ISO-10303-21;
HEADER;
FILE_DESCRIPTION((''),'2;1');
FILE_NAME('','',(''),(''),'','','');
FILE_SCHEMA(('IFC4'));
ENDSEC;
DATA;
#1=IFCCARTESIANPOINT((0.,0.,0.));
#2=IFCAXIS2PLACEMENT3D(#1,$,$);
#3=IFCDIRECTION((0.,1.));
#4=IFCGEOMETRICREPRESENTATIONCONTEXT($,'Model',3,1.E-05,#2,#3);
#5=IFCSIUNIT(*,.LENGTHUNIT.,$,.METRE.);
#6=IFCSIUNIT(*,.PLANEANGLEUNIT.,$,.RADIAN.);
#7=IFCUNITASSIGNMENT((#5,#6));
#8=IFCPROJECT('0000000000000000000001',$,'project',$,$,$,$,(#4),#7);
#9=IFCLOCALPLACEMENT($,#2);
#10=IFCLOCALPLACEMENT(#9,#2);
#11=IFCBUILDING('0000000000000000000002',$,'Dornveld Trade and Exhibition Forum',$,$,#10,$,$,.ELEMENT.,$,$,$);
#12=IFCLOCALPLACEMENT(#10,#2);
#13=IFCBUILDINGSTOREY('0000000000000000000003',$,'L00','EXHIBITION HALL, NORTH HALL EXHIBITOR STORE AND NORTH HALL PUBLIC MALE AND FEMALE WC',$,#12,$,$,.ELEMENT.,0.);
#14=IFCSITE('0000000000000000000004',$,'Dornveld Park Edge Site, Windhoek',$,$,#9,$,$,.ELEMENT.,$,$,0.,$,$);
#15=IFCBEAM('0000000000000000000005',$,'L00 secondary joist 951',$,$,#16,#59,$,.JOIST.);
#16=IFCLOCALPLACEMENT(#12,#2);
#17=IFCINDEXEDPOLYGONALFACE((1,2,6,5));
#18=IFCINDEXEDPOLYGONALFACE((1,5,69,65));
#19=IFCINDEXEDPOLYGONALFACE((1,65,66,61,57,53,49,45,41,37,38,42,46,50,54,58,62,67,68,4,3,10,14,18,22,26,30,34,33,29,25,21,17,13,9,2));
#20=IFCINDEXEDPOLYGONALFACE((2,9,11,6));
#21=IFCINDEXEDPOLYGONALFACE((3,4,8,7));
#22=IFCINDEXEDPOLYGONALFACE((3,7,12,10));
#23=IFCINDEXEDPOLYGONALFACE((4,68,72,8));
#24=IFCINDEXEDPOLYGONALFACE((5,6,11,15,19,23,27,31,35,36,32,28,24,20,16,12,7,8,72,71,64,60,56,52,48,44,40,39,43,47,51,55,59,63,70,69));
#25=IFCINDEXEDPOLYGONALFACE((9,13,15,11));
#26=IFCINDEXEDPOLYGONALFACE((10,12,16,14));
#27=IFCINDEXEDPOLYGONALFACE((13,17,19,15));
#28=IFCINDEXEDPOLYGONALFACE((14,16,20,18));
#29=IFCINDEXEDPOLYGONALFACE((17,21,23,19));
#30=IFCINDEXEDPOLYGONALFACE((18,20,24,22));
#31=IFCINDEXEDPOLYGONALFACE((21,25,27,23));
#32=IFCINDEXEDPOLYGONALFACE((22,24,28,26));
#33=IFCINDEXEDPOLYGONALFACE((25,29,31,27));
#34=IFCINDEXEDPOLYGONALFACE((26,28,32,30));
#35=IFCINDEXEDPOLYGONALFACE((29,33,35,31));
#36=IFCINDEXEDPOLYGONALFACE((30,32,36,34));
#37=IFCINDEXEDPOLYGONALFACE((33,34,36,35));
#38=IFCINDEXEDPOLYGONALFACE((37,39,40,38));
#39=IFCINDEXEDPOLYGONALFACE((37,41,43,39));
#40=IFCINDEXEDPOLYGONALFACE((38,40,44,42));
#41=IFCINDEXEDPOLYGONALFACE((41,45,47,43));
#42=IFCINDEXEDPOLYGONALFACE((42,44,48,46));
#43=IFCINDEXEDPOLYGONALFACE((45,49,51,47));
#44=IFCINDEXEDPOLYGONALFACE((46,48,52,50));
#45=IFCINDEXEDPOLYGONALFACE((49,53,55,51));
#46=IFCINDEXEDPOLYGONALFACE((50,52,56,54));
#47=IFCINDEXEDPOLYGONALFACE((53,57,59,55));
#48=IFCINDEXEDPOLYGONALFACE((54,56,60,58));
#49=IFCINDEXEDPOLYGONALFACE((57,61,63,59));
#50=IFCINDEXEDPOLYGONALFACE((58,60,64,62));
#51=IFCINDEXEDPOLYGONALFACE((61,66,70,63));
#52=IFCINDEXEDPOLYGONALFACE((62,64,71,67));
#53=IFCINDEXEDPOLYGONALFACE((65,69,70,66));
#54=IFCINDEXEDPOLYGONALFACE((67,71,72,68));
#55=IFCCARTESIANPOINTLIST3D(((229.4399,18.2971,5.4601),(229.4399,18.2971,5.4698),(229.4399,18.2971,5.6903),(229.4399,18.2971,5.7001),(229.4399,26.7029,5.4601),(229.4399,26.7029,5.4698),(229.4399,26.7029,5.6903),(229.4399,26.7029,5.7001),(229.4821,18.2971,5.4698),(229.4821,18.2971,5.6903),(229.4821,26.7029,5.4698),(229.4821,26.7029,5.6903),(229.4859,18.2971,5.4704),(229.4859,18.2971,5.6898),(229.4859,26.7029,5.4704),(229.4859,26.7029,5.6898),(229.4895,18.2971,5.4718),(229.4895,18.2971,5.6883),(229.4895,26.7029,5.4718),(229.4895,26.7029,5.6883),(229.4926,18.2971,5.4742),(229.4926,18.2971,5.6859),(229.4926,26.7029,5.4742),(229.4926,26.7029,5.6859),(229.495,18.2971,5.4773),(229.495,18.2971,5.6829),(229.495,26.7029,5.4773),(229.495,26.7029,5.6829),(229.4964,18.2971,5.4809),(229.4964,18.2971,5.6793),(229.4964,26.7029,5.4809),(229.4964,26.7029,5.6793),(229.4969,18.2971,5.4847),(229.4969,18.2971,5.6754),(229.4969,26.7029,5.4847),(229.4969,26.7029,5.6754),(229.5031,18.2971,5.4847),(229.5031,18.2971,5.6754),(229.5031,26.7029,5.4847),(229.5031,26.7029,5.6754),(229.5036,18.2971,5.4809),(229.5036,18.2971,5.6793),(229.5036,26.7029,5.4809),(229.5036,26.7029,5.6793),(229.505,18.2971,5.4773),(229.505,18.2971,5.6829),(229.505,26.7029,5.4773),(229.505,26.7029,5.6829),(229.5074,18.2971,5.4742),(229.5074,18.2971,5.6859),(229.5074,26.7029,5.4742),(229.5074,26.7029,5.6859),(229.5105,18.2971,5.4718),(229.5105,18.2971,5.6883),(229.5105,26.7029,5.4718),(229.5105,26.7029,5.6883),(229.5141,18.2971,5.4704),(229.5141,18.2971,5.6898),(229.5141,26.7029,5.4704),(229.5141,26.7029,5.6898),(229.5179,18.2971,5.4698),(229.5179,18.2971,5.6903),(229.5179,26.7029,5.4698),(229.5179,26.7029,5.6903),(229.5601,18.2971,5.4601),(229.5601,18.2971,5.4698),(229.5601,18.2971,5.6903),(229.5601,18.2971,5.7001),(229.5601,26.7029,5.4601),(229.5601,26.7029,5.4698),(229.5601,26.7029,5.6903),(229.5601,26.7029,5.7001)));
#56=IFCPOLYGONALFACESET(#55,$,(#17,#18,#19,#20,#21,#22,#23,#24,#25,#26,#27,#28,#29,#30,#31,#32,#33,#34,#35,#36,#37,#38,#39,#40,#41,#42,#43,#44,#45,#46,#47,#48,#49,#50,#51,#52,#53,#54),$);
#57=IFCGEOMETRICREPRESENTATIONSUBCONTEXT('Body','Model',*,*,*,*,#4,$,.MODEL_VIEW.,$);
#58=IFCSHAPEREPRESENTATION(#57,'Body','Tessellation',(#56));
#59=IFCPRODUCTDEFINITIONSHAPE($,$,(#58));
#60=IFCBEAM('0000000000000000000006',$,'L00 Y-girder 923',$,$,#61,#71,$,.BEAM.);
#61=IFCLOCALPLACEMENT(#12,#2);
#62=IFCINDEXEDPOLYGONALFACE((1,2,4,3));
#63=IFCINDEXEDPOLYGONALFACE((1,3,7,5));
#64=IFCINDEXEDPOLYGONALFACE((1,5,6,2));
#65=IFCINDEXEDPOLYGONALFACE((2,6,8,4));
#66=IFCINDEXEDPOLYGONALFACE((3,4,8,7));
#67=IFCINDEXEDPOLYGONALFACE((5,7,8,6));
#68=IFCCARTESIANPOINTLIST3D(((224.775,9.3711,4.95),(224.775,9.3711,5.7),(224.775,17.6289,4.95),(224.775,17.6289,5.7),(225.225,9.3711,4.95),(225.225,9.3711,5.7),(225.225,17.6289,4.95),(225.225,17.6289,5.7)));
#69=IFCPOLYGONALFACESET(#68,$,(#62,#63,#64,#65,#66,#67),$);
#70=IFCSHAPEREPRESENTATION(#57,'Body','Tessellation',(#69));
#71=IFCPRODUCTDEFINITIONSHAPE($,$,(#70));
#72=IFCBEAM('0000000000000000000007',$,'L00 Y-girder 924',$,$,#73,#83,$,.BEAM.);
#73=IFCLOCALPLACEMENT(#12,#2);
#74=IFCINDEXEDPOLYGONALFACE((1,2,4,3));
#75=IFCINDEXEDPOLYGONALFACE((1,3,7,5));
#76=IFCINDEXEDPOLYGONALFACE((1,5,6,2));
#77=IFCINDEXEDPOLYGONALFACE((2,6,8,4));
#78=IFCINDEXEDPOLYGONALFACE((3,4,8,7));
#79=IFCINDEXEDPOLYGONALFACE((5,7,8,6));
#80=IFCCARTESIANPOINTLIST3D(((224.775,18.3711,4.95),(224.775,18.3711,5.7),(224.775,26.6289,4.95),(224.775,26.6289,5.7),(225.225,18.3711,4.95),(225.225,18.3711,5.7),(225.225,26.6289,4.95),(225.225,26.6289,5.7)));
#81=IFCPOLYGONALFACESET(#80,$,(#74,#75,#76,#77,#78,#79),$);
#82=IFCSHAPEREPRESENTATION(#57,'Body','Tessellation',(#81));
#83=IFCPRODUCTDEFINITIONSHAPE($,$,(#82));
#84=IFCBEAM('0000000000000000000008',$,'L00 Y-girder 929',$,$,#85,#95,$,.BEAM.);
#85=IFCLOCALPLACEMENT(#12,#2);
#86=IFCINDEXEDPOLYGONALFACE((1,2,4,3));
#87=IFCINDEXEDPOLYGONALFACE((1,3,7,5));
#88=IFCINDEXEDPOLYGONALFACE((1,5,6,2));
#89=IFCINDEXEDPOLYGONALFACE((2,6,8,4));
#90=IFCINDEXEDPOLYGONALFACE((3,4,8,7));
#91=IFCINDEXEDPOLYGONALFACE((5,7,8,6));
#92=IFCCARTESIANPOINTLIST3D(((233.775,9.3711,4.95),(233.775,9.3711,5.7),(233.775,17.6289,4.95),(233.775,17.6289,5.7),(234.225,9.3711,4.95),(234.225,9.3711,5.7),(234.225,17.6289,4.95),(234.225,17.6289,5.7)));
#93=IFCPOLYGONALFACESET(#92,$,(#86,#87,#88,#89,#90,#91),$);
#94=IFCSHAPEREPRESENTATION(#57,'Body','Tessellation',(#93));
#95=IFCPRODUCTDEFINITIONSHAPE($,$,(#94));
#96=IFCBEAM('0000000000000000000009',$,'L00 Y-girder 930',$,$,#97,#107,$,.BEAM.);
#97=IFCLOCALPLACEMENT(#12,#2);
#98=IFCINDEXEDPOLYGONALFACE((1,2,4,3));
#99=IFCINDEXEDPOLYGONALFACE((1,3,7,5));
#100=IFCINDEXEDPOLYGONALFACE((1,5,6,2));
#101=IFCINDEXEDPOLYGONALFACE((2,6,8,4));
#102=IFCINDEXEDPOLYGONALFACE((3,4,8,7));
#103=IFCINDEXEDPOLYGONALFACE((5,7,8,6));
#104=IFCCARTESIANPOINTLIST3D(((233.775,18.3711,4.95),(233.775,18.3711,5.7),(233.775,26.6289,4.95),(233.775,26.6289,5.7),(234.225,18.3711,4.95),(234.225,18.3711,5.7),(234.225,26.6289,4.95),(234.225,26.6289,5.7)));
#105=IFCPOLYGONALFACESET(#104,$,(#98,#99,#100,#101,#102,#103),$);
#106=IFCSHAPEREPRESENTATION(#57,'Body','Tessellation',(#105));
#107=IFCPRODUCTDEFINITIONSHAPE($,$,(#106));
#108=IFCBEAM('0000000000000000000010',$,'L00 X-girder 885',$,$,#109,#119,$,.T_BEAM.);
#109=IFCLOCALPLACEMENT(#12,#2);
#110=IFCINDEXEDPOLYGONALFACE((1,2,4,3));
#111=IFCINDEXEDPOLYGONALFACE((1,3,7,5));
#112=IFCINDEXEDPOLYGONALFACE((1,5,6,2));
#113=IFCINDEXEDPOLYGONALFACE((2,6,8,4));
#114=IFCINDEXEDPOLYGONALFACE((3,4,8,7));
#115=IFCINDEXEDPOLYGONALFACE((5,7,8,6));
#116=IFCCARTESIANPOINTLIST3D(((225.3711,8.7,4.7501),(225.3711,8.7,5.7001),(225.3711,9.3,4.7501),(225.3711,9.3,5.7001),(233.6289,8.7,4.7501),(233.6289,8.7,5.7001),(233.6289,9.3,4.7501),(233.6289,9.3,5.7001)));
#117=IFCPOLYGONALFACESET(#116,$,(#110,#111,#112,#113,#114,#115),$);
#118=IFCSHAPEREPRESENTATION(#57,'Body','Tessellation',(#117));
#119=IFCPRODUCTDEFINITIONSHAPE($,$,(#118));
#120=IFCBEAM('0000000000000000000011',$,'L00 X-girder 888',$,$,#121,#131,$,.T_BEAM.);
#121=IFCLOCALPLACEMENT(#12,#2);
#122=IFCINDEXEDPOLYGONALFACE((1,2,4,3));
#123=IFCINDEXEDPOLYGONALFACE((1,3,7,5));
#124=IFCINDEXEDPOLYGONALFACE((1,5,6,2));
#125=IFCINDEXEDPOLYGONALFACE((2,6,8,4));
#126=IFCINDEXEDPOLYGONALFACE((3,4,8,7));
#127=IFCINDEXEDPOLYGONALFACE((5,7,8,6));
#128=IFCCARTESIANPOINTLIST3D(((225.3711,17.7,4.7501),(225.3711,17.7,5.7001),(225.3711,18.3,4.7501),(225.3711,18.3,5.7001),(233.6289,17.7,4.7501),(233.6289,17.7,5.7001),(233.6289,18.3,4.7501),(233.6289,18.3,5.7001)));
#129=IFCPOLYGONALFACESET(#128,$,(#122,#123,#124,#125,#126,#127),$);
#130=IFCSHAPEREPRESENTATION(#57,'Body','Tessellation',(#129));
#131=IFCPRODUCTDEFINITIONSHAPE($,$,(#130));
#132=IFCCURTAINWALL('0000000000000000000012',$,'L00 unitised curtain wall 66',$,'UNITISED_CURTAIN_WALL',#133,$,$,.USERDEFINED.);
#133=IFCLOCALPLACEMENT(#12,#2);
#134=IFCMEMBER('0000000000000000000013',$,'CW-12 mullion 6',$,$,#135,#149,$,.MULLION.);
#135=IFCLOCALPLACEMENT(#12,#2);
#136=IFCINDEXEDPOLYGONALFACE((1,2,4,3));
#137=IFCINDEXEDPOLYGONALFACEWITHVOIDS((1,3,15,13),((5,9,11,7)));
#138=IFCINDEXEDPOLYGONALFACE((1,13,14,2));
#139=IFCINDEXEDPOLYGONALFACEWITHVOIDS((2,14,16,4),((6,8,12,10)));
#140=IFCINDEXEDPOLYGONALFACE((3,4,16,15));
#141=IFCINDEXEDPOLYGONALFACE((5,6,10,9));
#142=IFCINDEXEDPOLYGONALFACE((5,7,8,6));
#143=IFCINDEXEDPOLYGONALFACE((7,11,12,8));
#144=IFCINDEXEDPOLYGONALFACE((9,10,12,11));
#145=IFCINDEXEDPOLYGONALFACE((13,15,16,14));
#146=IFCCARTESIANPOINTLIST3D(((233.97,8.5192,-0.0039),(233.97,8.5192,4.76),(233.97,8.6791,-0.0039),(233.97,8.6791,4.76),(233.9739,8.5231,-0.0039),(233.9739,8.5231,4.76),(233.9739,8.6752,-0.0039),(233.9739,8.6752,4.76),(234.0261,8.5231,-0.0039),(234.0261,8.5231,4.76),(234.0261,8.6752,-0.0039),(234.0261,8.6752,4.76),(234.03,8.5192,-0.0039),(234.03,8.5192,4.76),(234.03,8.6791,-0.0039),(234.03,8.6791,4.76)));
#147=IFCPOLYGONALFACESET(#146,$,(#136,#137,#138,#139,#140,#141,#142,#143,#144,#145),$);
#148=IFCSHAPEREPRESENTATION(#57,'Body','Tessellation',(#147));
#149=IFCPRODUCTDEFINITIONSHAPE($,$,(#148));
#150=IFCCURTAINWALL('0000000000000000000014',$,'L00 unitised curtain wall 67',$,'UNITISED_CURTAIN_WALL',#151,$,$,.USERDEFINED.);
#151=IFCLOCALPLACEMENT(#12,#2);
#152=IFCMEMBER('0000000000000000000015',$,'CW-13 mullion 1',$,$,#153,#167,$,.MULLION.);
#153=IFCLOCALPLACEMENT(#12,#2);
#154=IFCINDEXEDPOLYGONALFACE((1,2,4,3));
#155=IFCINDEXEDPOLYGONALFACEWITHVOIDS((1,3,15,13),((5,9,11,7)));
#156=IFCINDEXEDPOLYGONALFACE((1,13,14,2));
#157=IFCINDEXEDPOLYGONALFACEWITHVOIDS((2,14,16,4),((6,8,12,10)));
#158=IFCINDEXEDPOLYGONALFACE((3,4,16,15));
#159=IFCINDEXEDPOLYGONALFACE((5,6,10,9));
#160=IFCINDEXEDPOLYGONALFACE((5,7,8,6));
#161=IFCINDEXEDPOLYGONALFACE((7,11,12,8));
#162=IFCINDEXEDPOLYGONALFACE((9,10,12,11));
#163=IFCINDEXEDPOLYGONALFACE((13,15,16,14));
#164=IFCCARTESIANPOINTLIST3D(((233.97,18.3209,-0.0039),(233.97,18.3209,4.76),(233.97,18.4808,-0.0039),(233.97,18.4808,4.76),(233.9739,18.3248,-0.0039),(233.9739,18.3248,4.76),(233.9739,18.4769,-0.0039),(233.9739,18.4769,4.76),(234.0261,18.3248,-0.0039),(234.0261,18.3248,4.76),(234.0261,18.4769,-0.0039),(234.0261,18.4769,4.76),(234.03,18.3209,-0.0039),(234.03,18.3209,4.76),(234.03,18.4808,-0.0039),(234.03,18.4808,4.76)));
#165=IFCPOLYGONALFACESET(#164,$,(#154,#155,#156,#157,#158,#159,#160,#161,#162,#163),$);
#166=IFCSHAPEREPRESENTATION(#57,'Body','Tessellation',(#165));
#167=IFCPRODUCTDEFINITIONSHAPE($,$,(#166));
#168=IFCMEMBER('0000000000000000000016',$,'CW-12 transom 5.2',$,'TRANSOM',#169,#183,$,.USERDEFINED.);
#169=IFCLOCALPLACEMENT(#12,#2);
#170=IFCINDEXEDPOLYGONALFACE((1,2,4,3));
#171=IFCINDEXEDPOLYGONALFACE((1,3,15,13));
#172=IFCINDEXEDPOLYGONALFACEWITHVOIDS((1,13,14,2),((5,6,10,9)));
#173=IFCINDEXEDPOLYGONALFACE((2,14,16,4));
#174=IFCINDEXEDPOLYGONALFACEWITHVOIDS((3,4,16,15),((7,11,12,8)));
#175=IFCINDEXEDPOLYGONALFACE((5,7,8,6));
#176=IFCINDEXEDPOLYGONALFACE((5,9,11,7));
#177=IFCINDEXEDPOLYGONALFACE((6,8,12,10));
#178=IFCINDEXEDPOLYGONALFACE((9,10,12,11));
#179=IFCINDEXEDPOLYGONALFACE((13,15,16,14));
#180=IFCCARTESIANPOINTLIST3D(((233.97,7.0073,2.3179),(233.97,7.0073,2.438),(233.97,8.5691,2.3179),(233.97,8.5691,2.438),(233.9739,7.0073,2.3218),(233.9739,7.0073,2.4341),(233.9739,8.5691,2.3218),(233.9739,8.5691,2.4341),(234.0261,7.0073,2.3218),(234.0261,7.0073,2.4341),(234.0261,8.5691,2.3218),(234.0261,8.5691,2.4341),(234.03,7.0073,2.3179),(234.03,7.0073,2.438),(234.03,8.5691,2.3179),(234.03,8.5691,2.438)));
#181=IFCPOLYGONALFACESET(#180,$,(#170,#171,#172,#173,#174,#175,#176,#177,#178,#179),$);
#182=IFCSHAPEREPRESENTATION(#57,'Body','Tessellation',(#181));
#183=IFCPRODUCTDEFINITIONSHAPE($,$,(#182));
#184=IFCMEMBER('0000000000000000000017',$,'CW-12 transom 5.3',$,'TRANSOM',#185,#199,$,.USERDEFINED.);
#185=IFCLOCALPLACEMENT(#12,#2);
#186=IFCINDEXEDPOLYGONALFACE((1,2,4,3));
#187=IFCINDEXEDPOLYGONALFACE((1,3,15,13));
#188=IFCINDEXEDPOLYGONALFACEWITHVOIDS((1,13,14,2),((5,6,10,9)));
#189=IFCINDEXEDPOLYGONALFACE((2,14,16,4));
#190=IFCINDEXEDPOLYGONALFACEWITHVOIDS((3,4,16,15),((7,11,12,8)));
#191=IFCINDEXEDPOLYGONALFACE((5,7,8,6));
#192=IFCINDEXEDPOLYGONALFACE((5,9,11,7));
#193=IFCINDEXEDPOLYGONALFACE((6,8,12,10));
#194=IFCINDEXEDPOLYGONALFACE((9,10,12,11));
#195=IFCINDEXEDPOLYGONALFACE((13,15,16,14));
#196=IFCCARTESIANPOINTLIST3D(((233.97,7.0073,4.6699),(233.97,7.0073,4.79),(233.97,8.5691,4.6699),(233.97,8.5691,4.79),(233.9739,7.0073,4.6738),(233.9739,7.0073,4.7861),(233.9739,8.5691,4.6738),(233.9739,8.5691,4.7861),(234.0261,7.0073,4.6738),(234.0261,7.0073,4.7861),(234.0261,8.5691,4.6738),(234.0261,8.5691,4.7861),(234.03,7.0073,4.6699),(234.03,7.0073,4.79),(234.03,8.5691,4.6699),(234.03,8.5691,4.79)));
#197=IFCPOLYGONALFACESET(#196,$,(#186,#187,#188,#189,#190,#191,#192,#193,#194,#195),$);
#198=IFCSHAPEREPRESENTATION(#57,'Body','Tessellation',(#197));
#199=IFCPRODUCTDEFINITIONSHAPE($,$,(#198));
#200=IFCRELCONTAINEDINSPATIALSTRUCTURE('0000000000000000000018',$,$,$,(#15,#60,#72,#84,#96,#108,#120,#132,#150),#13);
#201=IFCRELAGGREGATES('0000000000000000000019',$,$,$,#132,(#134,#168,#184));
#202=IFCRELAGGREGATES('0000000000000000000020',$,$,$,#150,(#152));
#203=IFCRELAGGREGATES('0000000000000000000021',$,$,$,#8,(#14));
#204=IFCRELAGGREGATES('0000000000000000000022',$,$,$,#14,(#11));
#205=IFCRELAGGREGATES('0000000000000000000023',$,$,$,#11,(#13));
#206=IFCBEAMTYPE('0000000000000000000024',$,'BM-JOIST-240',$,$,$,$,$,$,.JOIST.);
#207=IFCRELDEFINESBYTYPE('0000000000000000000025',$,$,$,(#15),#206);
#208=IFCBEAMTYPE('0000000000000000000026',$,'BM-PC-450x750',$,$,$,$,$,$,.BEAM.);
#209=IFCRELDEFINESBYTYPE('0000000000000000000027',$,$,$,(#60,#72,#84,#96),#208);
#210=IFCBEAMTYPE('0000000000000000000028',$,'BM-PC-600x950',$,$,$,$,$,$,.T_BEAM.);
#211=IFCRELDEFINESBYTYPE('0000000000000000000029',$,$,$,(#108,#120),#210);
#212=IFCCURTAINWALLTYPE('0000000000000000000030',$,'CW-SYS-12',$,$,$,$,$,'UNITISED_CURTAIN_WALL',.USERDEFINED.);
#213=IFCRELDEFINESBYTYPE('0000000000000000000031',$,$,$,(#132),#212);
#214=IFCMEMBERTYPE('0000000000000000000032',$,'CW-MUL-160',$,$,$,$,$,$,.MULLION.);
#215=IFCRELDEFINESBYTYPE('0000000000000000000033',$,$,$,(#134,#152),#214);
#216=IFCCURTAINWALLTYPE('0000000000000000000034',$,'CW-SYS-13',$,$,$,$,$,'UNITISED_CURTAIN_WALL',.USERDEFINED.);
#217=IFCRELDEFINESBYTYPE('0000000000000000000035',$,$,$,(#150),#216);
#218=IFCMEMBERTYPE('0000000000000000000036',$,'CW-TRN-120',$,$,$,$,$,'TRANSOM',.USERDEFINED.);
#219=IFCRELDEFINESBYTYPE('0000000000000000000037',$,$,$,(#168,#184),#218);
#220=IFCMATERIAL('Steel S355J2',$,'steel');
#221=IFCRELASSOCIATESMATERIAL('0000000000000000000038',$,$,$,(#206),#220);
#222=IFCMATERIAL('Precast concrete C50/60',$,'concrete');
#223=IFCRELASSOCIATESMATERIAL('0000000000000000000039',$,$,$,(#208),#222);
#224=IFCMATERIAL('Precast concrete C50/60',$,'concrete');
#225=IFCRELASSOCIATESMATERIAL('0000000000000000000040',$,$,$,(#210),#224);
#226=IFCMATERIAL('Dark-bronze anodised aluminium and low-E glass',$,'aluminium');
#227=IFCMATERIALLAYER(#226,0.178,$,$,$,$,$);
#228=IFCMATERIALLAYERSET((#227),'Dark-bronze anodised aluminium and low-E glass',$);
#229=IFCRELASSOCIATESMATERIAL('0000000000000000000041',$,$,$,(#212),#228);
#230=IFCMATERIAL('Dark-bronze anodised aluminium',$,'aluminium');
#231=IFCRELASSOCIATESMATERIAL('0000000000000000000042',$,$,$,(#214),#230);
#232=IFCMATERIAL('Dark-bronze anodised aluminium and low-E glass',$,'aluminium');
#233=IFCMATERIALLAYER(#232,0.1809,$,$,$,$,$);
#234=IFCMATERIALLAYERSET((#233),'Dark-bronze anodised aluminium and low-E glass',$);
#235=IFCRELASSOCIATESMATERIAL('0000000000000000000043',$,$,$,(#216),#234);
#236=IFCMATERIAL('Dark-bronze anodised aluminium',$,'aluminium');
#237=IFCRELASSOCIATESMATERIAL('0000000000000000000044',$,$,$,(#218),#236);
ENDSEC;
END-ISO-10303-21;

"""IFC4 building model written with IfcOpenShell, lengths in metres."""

from ifc_helpers import new_model, si_unit, direction, frame, origin, origin_2d, place, context, subcontext, project, spatial, rectangle, hollow_rectangle, i_section, extrude, material, layer, layer_set, material_profile, profile_set, type_object, element, aggregate, save


model = new_model("IFC4")

# Units and contexts
model_context = context("Model", 3, precision=1e-05, world=origin(), true_north=direction((0.0, 1.0)))
body_context = subcontext(model_context, "Body", "Model", "MODEL_VIEW")
ifc_project = project(units=[si_unit("LENGTHUNIT", "METRE"), si_unit("PLANEANGLEUNIT", "RADIAN")], contexts=[model_context])

# Site, building, storey
site_placement = place(None, origin())
site = spatial("IfcSite", under=ifc_project, at=site_placement, Name="Dornveld Park Edge Site, Windhoek", CompositionType="ELEMENT", RefElevation=0.0)
building_placement = place(site_placement, origin())
building = spatial("IfcBuilding", under=site, at=building_placement, Name="Dornveld Trade and Exhibition Forum", CompositionType="ELEMENT")
storey_placement = place(building_placement, origin())
storey = spatial("IfcBuildingStorey", under=building, at=storey_placement, Name="L00", Description="EXHIBITION HALL, NORTH HALL EXHIBITOR STORE AND NORTH HALL PUBLIC MALE AND FEMALE WC", CompositionType="ELEMENT", Elevation=0.0)

# Beams
ifc_material_1 = material(Name="Steel S355J2", Category="steel")
ifc_material_profile_1 = material_profile(ifc_material_1, i_section(OverallWidth=0.1201, OverallDepth=0.24, WebThickness=0.0061, FlangeThickness=0.0098, FilletRadius=0.0149, at=origin_2d()), Name="IPE 240")
ifc_profile_set_1 = profile_set([ifc_material_profile_1], Name="Steel S355J2")
beam_type_1 = type_object("IfcBeamType", Name="BM-JOIST-240", PredefinedType="JOIST", material=ifc_profile_set_1)
for number, where, z_axis, x_axis, name in (
    (1, (229.5, 18.2971, 5.5801), (0.0, 1.0, 0.0), (-1.0, 0.0, 0.0), "L00 secondary joist 951"),
):
    element("IfcBeam", number, at=place(storey_placement, frame(where, z_axis=z_axis, x_axis=x_axis)), inside=storey, type_object=beam_type_1, Name=name, PredefinedType="JOIST", context=body_context, shape_type="SweptSolid", body=[
        extrude(i_section(OverallWidth=0.1201, OverallDepth=0.24, WebThickness=0.0061, FlangeThickness=0.0098, FilletRadius=0.0149, at=origin_2d()), origin(), (0.0, 0.0, 1.0), 8.4058),
    ])
ifc_material_2 = material(Name="Precast concrete C50/60", Category="concrete")
ifc_material_profile_2 = material_profile(ifc_material_2, rectangle(XDim=0.45, YDim=0.75, at=origin_2d()), Name="PC-BM 450x750")
ifc_profile_set_2 = profile_set([ifc_material_profile_2], Name="Precast concrete C50/60")
beam_type_2 = type_object("IfcBeamType", Name="BM-PC-450x750", PredefinedType="BEAM", material=ifc_profile_set_2)
for number, where, z_axis, x_axis, name in (
    (2, (225.0, 9.3711, 5.325), (0.0, 1.0, 0.0), (-1.0, 0.0, 0.0), "L00 Y-girder 923"),
    (3, (225.0, 18.3711, 5.325), (0.0, 1.0, 0.0), (-1.0, 0.0, 0.0), "L00 Y-girder 924"),
    (4, (234.0, 9.3711, 5.325), (0.0, 1.0, 0.0), (-1.0, 0.0, 0.0), "L00 Y-girder 929"),
    (5, (234.0, 18.3711, 5.325), (0.0, 1.0, 0.0), (-1.0, 0.0, 0.0), "L00 Y-girder 930"),
):
    element("IfcBeam", number, at=place(storey_placement, frame(where, z_axis=z_axis, x_axis=x_axis)), inside=storey, type_object=beam_type_2, Name=name, PredefinedType="BEAM", context=body_context, shape_type="SweptSolid", body=[
        extrude(rectangle(XDim=0.45, YDim=0.75, at=origin_2d()), origin(), (0.0, 0.0, 1.0), 8.2578),
    ])
ifc_material_3 = material(Name="Precast concrete C50/60", Category="concrete")
ifc_material_profile_3 = material_profile(ifc_material_3, rectangle(XDim=0.6001, YDim=0.95, at=origin_2d()), Name="PC-GIR 600x950")
ifc_profile_set_3 = profile_set([ifc_material_profile_3], Name="Precast concrete C50/60")
beam_type_3 = type_object("IfcBeamType", Name="BM-PC-600x950", PredefinedType="T_BEAM", material=ifc_profile_set_3)
for number, where, z_axis, x_axis, name in (
    (6, (225.3711, 9.0, 5.2251), (1.0, 0.0, 0.0), (0.0, 1.0, 0.0), "L00 X-girder 885"),
    (7, (225.3711, 18.0, 5.2251), (1.0, 0.0, 0.0), (0.0, 1.0, 0.0), "L00 X-girder 888"),
):
    element("IfcBeam", number, at=place(storey_placement, frame(where, z_axis=z_axis, x_axis=x_axis)), inside=storey, type_object=beam_type_3, Name=name, PredefinedType="T_BEAM", context=body_context, shape_type="SweptSolid", body=[
        extrude(rectangle(XDim=0.6001, YDim=0.95, at=origin_2d()), origin(), (0.0, 0.0, 1.0), 8.2578),
    ])

# Curtain walls, members
ifc_material_4 = material(Name="Dark-bronze anodised aluminium and low-E glass", Category="aluminium")
ifc_layer_1 = layer(ifc_material_4, 0.178)
ifc_layer_set_1 = layer_set([ifc_layer_1], Name="Dark-bronze anodised aluminium and low-E glass")
curtain_wall_type_1 = type_object("IfcCurtainWallType", Name="CW-SYS-12", ElementType="UNITISED_CURTAIN_WALL", PredefinedType="USERDEFINED", material=ifc_layer_set_1)
curtain_wall_1_placement = place(storey_placement, origin())
curtain_wall_1 = element("IfcCurtainWall", 8, at=curtain_wall_1_placement, inside=storey, type_object=curtain_wall_type_1, Name="L00 unitised curtain wall 66", ObjectType="UNITISED_CURTAIN_WALL", PredefinedType="USERDEFINED")
ifc_material_5 = material(Name="Dark-bronze anodised aluminium", Category="aluminium")
ifc_material_profile_4 = material_profile(ifc_material_5, hollow_rectangle(XDim=0.0601, YDim=0.1599, WallThickness=0.0039, at=origin_2d()), Name="RHS 160x60x4")
ifc_profile_set_4 = profile_set([ifc_material_profile_4], Name="Dark-bronze anodised aluminium")
member_type_1 = type_object("IfcMemberType", Name="CW-MUL-160", PredefinedType="MULLION", material=ifc_profile_set_4)
member_1_placement = place(storey_placement, frame((234.0, 8.5991, -0.0039), z_axis=(0.0, 0.0, 1.0), x_axis=(-1.0, 0.0, 0.0)))
member_1 = element("IfcMember", 9, at=member_1_placement, type_object=member_type_1, Name="CW-12 mullion 6", PredefinedType="MULLION", context=body_context, shape_type="SweptSolid", body=[
    extrude(hollow_rectangle(XDim=0.0601, YDim=0.1599, WallThickness=0.0039, at=origin_2d()), origin(), (0.0, 0.0, 1.0), 4.7639),
])
ifc_material_6 = material(Name="Dark-bronze anodised aluminium and low-E glass", Category="aluminium")
ifc_layer_2 = layer(ifc_material_6, 0.1809)
ifc_layer_set_2 = layer_set([ifc_layer_2], Name="Dark-bronze anodised aluminium and low-E glass")
curtain_wall_type_2 = type_object("IfcCurtainWallType", Name="CW-SYS-13", ElementType="UNITISED_CURTAIN_WALL", PredefinedType="USERDEFINED", material=ifc_layer_set_2)
curtain_wall_2_placement = place(storey_placement, origin())
curtain_wall_2 = element("IfcCurtainWall", 10, at=curtain_wall_2_placement, inside=storey, type_object=curtain_wall_type_2, Name="L00 unitised curtain wall 67", ObjectType="UNITISED_CURTAIN_WALL", PredefinedType="USERDEFINED")
member_2_placement = place(storey_placement, frame((234.0, 18.4009, -0.0039), z_axis=(0.0, 0.0, 1.0), x_axis=(-1.0, 0.0, 0.0)))
member_2 = element("IfcMember", 11, at=member_2_placement, type_object=member_type_1, Name="CW-13 mullion 1", PredefinedType="MULLION", context=body_context, shape_type="SweptSolid", body=[
    extrude(hollow_rectangle(XDim=0.0601, YDim=0.1599, WallThickness=0.0039, at=origin_2d()), origin(), (0.0, 0.0, 1.0), 4.7639),
])

# Members
ifc_material_7 = material(Name="Dark-bronze anodised aluminium", Category="aluminium")
ifc_material_profile_5 = material_profile(ifc_material_7, hollow_rectangle(XDim=0.0601, YDim=0.1201, WallThickness=0.0039, at=origin_2d()), Name="RHS 120x60x4")
ifc_profile_set_5 = profile_set([ifc_material_profile_5], Name="Dark-bronze anodised aluminium")
member_type_2 = type_object("IfcMemberType", Name="CW-TRN-120", ElementType="TRANSOM", PredefinedType="USERDEFINED", material=ifc_profile_set_5)
member_3_placement = place(storey_placement, frame((234.0, 7.0073, 2.3779), z_axis=(0.0, 1.0, 0.0), x_axis=(-1.0, 0.0, 0.0)))
member_3 = element("IfcMember", 12, at=member_3_placement, type_object=member_type_2, Name="CW-12 transom 5.2", ObjectType="TRANSOM", PredefinedType="USERDEFINED", context=body_context, shape_type="SweptSolid", body=[
    extrude(hollow_rectangle(XDim=0.0601, YDim=0.1201, WallThickness=0.0039, at=origin_2d()), origin(), (0.0, 0.0, 1.0), 1.5618),
])
member_4_placement = place(storey_placement, frame((234.0, 7.0073, 4.73), z_axis=(0.0, 1.0, 0.0), x_axis=(-1.0, 0.0, 0.0)))
member_4 = element("IfcMember", 13, at=member_4_placement, type_object=member_type_2, Name="CW-12 transom 5.3", ObjectType="TRANSOM", PredefinedType="USERDEFINED", context=body_context, shape_type="SweptSolid", body=[
    extrude(hollow_rectangle(XDim=0.0601, YDim=0.1201, WallThickness=0.0039, at=origin_2d()), origin(), (0.0, 0.0, 1.0), 1.5618),
])

aggregate(curtain_wall_1, [member_1, member_3, member_4])
aggregate(curtain_wall_2, [member_2])

save(model, "model.ifc")
